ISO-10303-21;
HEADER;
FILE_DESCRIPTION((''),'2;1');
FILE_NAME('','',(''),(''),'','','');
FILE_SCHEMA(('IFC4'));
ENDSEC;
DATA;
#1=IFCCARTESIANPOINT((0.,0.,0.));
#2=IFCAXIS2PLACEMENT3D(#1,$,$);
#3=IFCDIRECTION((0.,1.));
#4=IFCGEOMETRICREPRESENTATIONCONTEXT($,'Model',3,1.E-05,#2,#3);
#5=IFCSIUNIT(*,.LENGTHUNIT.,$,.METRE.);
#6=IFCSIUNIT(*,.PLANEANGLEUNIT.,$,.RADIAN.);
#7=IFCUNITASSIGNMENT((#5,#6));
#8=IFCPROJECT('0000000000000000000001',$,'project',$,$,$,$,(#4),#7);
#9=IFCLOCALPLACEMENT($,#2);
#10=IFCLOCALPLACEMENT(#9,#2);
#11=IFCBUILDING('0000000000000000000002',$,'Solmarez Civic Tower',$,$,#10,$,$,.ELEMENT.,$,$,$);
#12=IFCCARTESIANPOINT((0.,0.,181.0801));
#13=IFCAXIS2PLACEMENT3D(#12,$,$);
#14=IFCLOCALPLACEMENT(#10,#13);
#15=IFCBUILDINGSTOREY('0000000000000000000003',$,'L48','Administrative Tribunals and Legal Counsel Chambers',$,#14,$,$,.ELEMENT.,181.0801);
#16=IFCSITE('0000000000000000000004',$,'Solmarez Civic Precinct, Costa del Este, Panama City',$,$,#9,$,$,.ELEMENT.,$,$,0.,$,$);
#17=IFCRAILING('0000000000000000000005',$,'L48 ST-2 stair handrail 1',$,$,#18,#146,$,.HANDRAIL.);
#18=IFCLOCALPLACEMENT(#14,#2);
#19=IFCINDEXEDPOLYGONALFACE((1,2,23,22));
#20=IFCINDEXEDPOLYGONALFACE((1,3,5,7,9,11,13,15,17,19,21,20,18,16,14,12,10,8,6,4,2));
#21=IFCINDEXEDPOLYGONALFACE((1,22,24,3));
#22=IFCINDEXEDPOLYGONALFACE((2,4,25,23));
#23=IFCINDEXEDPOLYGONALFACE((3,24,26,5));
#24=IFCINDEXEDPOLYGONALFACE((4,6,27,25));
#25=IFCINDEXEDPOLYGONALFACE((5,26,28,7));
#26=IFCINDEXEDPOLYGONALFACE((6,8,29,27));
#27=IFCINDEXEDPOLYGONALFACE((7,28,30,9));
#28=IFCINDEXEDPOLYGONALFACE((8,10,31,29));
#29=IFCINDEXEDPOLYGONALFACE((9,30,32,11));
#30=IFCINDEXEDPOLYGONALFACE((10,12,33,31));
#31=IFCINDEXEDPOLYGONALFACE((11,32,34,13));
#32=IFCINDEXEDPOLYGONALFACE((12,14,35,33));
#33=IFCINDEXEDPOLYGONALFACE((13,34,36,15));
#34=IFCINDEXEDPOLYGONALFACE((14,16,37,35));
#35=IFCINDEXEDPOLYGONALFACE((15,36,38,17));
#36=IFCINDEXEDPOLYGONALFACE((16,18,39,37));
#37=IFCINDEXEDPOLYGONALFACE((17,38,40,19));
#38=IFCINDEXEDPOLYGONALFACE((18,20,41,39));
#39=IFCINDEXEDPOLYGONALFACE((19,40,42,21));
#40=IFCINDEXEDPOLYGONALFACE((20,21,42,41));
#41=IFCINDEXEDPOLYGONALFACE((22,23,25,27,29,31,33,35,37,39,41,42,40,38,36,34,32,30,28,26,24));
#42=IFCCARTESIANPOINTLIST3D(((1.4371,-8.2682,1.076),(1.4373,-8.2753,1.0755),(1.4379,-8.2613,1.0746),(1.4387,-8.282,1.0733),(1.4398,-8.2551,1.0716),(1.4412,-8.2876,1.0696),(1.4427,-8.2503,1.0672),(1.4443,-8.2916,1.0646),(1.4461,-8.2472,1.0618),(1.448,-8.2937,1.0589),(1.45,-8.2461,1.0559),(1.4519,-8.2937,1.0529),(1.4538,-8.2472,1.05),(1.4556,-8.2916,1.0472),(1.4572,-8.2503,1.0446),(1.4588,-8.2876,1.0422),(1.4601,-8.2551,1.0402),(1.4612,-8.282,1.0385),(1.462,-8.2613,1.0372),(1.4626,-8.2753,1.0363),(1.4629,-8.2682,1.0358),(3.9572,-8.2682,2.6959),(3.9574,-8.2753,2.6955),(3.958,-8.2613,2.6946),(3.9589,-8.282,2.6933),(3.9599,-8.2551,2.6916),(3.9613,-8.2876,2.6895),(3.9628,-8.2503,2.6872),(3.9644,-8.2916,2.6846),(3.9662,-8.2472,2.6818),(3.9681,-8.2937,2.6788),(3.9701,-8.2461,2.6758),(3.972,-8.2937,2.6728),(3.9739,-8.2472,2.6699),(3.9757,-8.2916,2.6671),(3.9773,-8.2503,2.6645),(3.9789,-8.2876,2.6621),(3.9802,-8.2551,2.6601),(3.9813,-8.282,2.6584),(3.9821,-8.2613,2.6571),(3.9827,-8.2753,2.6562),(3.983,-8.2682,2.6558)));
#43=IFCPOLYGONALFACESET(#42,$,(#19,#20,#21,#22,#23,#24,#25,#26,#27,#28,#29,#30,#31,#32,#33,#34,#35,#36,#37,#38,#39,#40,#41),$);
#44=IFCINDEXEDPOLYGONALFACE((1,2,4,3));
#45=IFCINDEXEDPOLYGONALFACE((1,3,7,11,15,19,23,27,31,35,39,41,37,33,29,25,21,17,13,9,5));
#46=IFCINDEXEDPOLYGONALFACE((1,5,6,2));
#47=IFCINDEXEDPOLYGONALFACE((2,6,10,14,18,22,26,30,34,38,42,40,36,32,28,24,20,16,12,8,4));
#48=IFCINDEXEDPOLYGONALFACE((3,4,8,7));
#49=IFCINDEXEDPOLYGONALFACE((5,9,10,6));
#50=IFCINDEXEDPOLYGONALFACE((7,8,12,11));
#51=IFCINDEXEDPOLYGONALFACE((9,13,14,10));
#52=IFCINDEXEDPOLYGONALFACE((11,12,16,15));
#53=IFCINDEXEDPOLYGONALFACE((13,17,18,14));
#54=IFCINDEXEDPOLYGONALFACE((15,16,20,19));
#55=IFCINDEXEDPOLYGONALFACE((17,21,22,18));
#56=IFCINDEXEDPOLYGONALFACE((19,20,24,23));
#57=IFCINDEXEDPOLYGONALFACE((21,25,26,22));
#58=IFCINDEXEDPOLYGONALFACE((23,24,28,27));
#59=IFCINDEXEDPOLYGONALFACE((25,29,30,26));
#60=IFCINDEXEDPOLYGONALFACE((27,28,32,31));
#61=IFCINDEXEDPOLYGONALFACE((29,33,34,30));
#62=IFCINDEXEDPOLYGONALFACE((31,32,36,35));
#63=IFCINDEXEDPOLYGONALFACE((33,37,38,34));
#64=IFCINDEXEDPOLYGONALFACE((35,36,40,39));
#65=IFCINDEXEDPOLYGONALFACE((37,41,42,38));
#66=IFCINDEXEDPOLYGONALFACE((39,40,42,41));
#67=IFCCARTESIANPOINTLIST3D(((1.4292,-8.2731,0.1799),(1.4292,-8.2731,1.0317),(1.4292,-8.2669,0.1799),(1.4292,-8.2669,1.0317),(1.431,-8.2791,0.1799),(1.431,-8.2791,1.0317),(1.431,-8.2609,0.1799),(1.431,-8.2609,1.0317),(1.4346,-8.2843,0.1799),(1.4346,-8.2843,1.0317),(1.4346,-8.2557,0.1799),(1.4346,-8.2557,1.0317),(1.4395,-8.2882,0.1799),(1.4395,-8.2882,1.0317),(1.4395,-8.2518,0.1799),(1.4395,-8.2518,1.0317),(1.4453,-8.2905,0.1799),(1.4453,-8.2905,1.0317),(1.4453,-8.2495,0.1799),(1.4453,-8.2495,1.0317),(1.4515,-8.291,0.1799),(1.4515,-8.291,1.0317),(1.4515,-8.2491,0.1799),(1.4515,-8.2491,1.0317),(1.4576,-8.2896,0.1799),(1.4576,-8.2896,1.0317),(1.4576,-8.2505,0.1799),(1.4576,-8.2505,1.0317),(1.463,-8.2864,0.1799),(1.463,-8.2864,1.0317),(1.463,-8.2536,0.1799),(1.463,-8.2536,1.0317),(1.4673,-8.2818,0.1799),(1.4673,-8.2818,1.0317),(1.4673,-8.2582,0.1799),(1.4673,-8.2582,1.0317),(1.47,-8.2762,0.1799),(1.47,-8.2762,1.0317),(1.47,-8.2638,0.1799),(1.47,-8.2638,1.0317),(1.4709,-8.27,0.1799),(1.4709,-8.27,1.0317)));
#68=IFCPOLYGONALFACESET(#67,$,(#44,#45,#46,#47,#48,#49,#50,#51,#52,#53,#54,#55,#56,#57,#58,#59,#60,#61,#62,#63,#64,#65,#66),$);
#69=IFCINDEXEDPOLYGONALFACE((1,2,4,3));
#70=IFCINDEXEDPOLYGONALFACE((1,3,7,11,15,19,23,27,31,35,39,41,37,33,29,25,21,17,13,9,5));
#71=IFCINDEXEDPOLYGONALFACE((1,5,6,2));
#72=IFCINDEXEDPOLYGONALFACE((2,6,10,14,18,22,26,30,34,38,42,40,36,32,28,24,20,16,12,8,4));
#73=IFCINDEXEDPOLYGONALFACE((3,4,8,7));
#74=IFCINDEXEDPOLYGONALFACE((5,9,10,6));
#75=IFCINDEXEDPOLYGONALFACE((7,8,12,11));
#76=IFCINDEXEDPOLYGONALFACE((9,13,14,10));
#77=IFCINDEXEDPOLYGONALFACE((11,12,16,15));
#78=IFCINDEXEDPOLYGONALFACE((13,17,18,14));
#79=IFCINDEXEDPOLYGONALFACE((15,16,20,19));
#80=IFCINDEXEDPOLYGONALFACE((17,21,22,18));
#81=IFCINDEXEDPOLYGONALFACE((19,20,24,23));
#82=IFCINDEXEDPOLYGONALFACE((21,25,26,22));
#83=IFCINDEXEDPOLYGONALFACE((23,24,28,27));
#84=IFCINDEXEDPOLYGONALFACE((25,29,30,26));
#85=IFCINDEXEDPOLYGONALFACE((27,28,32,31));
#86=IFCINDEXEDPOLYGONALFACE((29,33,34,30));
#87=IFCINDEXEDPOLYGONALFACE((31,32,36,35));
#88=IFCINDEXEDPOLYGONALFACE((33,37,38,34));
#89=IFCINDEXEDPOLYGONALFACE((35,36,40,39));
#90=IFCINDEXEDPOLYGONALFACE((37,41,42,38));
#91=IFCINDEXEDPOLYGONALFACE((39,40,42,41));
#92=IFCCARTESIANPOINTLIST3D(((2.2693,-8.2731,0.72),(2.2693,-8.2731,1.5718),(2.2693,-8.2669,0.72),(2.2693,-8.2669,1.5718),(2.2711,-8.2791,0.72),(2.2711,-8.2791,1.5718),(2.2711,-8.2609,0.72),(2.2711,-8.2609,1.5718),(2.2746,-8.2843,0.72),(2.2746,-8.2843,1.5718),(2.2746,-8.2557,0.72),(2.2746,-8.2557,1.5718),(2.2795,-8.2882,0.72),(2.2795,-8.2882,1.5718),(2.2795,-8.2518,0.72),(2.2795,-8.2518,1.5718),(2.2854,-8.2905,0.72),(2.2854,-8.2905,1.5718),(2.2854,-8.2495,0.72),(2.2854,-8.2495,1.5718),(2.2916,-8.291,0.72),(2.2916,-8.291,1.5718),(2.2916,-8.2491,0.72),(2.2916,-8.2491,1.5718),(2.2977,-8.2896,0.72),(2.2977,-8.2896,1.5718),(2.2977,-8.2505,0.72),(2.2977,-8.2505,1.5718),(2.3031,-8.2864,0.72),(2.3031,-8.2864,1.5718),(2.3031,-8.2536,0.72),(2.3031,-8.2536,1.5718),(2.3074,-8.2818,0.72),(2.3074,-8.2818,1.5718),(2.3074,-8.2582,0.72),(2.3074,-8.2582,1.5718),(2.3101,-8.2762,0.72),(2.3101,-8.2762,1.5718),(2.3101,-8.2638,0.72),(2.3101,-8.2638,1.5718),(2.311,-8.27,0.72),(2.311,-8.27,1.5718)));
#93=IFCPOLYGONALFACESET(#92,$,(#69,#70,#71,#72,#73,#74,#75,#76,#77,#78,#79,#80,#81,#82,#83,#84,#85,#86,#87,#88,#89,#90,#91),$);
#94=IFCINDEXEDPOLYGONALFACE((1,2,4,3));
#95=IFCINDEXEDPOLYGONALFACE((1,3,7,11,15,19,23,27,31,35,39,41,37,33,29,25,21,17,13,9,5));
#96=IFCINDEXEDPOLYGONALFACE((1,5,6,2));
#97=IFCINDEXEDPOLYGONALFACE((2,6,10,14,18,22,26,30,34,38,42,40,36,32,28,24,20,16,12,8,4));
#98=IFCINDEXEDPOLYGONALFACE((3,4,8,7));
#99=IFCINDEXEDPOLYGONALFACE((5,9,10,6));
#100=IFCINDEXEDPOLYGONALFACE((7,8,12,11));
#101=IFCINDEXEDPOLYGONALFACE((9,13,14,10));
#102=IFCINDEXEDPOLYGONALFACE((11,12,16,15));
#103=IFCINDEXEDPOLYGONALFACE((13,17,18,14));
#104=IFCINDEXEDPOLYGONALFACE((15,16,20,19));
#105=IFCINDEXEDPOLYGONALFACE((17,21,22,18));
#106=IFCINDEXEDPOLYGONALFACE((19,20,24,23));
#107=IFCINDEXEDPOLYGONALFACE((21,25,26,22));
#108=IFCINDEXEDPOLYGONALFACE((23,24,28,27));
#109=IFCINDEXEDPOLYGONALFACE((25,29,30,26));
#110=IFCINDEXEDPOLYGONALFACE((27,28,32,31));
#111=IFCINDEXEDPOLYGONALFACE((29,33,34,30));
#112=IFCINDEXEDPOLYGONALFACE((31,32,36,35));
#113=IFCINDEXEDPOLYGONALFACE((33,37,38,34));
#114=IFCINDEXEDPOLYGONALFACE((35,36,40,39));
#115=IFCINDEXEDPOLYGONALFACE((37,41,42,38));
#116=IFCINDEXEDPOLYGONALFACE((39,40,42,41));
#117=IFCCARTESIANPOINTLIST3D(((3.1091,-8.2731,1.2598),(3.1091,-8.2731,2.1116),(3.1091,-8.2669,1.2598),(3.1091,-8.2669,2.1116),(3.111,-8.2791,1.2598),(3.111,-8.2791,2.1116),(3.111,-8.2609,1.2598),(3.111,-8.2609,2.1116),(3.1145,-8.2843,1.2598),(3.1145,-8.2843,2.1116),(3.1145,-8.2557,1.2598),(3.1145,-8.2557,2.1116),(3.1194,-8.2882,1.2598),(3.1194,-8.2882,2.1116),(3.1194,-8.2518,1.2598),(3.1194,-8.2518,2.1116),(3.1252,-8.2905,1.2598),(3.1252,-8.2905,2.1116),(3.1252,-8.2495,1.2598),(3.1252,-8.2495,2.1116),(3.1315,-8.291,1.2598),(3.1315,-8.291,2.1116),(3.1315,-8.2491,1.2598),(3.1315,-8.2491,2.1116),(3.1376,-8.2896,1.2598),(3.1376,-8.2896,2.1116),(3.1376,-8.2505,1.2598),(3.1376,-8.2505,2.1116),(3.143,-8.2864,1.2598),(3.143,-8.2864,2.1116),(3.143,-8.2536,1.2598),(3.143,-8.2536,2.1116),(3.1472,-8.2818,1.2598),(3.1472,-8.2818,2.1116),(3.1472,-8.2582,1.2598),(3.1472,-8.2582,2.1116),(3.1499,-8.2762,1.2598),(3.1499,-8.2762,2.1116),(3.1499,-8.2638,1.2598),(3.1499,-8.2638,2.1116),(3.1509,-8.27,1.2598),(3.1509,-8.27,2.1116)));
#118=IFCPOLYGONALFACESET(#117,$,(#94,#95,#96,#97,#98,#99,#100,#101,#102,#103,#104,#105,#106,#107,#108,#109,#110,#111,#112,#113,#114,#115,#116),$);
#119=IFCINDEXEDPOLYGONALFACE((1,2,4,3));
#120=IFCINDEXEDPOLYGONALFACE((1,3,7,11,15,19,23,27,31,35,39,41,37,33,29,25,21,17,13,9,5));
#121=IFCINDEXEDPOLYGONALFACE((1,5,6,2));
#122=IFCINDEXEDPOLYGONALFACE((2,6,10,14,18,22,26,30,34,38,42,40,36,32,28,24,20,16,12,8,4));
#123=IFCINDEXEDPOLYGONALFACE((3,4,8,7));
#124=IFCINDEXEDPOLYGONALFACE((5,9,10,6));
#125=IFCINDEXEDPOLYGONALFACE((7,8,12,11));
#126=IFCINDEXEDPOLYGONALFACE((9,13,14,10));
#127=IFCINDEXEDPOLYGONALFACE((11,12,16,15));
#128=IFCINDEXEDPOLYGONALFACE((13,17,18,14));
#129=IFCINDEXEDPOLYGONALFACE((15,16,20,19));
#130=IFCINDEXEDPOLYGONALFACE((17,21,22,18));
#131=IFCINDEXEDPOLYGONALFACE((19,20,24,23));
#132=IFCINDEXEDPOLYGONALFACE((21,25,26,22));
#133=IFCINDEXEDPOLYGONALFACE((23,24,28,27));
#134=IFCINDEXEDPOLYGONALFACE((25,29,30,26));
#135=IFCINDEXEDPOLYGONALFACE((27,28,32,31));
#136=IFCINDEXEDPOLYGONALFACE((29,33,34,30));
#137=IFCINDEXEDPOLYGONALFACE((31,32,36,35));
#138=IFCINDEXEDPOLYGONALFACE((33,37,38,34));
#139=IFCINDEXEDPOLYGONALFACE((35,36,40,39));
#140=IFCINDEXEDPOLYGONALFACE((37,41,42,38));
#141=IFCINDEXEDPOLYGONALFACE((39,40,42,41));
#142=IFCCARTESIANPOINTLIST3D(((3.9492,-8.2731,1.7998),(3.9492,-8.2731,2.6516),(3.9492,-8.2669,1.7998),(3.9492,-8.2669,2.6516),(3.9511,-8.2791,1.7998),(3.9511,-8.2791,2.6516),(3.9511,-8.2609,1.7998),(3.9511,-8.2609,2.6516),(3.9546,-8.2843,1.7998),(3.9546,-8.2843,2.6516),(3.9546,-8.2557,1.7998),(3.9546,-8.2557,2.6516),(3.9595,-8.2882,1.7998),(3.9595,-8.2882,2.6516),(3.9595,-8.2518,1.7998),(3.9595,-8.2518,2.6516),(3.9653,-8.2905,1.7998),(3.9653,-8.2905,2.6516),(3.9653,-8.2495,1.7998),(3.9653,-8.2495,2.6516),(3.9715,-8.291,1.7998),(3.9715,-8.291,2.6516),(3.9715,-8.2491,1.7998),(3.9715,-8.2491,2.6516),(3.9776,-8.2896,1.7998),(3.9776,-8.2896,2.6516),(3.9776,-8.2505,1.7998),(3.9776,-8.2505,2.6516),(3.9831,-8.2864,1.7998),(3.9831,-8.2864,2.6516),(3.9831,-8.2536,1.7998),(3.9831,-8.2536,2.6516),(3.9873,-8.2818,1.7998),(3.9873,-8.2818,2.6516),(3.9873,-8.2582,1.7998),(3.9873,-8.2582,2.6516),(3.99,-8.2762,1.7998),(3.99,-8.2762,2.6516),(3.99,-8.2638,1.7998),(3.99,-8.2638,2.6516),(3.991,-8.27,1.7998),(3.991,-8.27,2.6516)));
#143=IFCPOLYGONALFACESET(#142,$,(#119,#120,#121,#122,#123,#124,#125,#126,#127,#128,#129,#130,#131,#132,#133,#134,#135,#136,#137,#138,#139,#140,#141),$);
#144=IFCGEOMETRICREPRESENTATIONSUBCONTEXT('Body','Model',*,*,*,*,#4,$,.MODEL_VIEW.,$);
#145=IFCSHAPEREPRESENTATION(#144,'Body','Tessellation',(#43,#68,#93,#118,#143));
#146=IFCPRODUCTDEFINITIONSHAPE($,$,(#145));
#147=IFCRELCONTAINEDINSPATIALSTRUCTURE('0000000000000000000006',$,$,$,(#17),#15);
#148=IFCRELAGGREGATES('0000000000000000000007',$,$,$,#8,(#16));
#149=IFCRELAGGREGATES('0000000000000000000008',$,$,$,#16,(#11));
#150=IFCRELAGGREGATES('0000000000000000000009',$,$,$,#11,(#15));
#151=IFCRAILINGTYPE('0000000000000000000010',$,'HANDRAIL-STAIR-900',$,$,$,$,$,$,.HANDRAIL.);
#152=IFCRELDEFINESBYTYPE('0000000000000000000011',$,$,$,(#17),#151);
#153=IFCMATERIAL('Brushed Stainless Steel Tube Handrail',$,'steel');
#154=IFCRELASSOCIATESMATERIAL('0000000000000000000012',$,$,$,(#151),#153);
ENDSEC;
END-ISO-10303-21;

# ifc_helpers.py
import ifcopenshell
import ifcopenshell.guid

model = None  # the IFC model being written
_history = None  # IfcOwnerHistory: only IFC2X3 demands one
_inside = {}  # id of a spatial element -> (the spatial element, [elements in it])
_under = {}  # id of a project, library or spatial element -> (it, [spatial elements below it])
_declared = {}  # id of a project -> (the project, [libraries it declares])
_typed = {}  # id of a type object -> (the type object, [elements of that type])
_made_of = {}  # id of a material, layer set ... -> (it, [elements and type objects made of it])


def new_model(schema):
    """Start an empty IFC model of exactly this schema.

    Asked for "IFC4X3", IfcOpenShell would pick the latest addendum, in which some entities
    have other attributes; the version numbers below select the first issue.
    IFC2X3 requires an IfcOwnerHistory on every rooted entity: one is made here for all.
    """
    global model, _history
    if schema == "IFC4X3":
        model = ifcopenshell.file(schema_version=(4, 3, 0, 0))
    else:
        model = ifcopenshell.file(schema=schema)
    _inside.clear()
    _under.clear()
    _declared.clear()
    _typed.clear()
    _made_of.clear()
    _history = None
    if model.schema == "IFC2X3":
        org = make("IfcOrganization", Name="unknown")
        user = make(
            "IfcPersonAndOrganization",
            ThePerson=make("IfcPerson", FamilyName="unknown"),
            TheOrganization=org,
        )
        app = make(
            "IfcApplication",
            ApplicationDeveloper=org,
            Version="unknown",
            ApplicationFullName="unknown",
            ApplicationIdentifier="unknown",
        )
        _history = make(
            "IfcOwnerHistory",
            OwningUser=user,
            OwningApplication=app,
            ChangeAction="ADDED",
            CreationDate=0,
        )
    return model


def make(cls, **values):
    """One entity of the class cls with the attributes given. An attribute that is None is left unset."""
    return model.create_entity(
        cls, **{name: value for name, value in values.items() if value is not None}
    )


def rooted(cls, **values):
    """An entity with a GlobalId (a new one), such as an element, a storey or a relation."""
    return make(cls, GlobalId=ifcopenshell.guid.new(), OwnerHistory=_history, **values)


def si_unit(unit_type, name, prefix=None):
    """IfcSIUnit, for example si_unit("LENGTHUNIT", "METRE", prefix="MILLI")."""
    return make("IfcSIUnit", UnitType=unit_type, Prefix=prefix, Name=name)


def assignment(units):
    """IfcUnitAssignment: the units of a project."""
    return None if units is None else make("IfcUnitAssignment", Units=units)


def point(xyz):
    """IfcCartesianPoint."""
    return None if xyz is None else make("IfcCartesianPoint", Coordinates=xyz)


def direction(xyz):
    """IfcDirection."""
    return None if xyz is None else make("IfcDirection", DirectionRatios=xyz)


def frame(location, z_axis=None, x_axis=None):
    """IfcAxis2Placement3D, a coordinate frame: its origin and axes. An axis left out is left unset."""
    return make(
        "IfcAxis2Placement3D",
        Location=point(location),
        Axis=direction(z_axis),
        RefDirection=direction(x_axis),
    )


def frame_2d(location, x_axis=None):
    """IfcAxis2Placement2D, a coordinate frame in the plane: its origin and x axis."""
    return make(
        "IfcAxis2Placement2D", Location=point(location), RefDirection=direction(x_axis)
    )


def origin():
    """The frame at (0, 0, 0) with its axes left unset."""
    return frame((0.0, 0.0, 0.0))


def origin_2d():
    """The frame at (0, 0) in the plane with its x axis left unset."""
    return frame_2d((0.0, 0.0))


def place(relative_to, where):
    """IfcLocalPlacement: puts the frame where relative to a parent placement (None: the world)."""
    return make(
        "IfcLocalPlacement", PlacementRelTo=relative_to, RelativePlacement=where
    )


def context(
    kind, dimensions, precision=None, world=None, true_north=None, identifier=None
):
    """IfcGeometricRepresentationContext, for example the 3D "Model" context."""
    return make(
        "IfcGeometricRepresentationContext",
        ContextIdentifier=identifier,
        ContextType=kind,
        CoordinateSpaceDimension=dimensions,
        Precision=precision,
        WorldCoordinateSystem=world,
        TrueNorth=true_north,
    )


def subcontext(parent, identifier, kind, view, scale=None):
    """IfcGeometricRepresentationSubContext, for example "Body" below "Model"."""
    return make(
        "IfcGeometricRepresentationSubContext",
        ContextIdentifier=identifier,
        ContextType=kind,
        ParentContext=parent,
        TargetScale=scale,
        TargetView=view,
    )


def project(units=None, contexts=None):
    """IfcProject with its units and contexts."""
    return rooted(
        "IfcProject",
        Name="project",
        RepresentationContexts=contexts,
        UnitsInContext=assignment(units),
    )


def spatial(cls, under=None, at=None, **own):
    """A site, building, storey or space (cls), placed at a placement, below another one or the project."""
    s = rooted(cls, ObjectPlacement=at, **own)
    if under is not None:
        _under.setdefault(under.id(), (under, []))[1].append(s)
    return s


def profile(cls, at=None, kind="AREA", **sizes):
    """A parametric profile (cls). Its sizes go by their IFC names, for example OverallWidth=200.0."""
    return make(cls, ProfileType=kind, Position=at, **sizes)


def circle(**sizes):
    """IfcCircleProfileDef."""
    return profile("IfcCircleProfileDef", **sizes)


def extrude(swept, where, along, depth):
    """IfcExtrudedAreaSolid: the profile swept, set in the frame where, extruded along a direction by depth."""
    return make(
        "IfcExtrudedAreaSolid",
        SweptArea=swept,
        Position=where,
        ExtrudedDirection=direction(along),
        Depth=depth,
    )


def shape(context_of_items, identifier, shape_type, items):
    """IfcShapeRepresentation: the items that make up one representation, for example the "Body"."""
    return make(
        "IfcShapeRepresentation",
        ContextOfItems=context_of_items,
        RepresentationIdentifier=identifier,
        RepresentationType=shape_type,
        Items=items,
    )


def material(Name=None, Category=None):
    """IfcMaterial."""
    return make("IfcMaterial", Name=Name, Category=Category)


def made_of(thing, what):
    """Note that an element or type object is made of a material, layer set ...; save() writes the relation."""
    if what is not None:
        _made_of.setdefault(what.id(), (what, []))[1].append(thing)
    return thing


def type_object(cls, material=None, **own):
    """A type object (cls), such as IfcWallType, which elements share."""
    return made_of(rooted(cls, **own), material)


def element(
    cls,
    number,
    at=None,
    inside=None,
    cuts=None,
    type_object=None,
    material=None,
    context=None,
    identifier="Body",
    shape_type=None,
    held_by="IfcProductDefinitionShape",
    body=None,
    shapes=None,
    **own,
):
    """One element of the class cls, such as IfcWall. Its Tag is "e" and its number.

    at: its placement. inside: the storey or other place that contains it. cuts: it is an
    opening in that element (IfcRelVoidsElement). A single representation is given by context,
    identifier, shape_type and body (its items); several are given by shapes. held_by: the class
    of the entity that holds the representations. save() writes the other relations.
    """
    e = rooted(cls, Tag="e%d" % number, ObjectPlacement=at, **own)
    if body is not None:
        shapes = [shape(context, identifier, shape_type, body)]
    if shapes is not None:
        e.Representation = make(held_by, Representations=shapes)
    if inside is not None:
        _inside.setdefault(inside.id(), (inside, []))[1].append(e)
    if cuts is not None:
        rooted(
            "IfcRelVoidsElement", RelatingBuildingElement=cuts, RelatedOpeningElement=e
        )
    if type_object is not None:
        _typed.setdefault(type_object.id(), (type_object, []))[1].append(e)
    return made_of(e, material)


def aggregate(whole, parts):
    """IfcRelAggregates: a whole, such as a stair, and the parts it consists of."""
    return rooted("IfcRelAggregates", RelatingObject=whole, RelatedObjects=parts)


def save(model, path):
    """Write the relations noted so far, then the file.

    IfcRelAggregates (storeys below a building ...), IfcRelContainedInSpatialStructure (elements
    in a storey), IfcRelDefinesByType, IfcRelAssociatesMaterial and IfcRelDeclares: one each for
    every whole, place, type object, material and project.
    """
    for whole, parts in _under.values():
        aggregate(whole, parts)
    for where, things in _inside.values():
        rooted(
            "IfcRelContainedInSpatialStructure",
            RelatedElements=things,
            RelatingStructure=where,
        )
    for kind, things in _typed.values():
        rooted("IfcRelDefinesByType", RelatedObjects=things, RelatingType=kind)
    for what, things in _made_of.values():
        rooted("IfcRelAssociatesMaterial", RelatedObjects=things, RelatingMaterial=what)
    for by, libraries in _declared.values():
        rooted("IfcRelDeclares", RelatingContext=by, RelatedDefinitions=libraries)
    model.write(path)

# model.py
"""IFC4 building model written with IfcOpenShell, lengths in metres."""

from ifc_helpers import new_model, si_unit, direction, frame, origin, origin_2d, place, context, subcontext, project, spatial, circle, extrude, material, type_object, element, save


model = new_model("IFC4")

# Units and contexts
model_context = context("Model", 3, precision=1e-05, world=origin(), true_north=direction((0.0, 1.0)))
body_context = subcontext(model_context, "Body", "Model", "MODEL_VIEW")
ifc_project = project(units=[si_unit("LENGTHUNIT", "METRE"), si_unit("PLANEANGLEUNIT", "RADIAN")], contexts=[model_context])

# Site, building, storey
site_placement = place(None, origin())
site = spatial("IfcSite", under=ifc_project, at=site_placement, Name="Solmarez Civic Precinct, Costa del Este, Panama City", CompositionType="ELEMENT", RefElevation=0.0)
building_placement = place(site_placement, origin())
building = spatial("IfcBuilding", under=site, at=building_placement, Name="Solmarez Civic Tower", CompositionType="ELEMENT")
storey_placement = place(building_placement, frame((0.0, 0.0, 181.0801)))
storey = spatial("IfcBuildingStorey", under=building, at=storey_placement, Name="L48", Description="Administrative Tribunals and Legal Counsel Chambers", CompositionType="ELEMENT", Elevation=181.0801)

# Railing
ifc_material_1 = material(Name="Brushed Stainless Steel Tube Handrail", Category="steel")
railing_type_1 = type_object("IfcRailingType", Name="HANDRAIL-STAIR-900", PredefinedType="HANDRAIL", material=ifc_material_1)
railing_1_placement = place(storey_placement, frame((1.45, -8.27, 0.1799)))
element("IfcRailing", 1, at=railing_1_placement, inside=storey, type_object=railing_type_1, Name="L48 ST-2 stair handrail 1", PredefinedType="HANDRAIL", context=body_context, shape_type="SweptSolid", body=[
    extrude(circle(Radius=0.0239, at=origin_2d()), frame((0.0, 0.0, 0.876), z_axis=(0.8412, 0.0, 0.540725), x_axis=(0.0, 1.0, 0.0)), (0.0, 0.0, 1.0), 2.9958),
    extrude(circle(Radius=0.021, at=origin_2d()), origin(), (0.0, 0.0, 1.0), 0.8518),
    extrude(circle(Radius=0.021, at=origin_2d()), frame((0.8401, 0.0, 0.54)), (0.0, 0.0, 1.0), 0.8518),
    extrude(circle(Radius=0.021, at=origin_2d()), frame((1.6799, 0.0, 1.0798)), (0.0, 0.0, 1.0), 0.8518),
    extrude(circle(Radius=0.021, at=origin_2d()), frame((2.52, 0.0, 1.6199)), (0.0, 0.0, 1.0), 0.8518),
])

save(model, "model.ifc")
